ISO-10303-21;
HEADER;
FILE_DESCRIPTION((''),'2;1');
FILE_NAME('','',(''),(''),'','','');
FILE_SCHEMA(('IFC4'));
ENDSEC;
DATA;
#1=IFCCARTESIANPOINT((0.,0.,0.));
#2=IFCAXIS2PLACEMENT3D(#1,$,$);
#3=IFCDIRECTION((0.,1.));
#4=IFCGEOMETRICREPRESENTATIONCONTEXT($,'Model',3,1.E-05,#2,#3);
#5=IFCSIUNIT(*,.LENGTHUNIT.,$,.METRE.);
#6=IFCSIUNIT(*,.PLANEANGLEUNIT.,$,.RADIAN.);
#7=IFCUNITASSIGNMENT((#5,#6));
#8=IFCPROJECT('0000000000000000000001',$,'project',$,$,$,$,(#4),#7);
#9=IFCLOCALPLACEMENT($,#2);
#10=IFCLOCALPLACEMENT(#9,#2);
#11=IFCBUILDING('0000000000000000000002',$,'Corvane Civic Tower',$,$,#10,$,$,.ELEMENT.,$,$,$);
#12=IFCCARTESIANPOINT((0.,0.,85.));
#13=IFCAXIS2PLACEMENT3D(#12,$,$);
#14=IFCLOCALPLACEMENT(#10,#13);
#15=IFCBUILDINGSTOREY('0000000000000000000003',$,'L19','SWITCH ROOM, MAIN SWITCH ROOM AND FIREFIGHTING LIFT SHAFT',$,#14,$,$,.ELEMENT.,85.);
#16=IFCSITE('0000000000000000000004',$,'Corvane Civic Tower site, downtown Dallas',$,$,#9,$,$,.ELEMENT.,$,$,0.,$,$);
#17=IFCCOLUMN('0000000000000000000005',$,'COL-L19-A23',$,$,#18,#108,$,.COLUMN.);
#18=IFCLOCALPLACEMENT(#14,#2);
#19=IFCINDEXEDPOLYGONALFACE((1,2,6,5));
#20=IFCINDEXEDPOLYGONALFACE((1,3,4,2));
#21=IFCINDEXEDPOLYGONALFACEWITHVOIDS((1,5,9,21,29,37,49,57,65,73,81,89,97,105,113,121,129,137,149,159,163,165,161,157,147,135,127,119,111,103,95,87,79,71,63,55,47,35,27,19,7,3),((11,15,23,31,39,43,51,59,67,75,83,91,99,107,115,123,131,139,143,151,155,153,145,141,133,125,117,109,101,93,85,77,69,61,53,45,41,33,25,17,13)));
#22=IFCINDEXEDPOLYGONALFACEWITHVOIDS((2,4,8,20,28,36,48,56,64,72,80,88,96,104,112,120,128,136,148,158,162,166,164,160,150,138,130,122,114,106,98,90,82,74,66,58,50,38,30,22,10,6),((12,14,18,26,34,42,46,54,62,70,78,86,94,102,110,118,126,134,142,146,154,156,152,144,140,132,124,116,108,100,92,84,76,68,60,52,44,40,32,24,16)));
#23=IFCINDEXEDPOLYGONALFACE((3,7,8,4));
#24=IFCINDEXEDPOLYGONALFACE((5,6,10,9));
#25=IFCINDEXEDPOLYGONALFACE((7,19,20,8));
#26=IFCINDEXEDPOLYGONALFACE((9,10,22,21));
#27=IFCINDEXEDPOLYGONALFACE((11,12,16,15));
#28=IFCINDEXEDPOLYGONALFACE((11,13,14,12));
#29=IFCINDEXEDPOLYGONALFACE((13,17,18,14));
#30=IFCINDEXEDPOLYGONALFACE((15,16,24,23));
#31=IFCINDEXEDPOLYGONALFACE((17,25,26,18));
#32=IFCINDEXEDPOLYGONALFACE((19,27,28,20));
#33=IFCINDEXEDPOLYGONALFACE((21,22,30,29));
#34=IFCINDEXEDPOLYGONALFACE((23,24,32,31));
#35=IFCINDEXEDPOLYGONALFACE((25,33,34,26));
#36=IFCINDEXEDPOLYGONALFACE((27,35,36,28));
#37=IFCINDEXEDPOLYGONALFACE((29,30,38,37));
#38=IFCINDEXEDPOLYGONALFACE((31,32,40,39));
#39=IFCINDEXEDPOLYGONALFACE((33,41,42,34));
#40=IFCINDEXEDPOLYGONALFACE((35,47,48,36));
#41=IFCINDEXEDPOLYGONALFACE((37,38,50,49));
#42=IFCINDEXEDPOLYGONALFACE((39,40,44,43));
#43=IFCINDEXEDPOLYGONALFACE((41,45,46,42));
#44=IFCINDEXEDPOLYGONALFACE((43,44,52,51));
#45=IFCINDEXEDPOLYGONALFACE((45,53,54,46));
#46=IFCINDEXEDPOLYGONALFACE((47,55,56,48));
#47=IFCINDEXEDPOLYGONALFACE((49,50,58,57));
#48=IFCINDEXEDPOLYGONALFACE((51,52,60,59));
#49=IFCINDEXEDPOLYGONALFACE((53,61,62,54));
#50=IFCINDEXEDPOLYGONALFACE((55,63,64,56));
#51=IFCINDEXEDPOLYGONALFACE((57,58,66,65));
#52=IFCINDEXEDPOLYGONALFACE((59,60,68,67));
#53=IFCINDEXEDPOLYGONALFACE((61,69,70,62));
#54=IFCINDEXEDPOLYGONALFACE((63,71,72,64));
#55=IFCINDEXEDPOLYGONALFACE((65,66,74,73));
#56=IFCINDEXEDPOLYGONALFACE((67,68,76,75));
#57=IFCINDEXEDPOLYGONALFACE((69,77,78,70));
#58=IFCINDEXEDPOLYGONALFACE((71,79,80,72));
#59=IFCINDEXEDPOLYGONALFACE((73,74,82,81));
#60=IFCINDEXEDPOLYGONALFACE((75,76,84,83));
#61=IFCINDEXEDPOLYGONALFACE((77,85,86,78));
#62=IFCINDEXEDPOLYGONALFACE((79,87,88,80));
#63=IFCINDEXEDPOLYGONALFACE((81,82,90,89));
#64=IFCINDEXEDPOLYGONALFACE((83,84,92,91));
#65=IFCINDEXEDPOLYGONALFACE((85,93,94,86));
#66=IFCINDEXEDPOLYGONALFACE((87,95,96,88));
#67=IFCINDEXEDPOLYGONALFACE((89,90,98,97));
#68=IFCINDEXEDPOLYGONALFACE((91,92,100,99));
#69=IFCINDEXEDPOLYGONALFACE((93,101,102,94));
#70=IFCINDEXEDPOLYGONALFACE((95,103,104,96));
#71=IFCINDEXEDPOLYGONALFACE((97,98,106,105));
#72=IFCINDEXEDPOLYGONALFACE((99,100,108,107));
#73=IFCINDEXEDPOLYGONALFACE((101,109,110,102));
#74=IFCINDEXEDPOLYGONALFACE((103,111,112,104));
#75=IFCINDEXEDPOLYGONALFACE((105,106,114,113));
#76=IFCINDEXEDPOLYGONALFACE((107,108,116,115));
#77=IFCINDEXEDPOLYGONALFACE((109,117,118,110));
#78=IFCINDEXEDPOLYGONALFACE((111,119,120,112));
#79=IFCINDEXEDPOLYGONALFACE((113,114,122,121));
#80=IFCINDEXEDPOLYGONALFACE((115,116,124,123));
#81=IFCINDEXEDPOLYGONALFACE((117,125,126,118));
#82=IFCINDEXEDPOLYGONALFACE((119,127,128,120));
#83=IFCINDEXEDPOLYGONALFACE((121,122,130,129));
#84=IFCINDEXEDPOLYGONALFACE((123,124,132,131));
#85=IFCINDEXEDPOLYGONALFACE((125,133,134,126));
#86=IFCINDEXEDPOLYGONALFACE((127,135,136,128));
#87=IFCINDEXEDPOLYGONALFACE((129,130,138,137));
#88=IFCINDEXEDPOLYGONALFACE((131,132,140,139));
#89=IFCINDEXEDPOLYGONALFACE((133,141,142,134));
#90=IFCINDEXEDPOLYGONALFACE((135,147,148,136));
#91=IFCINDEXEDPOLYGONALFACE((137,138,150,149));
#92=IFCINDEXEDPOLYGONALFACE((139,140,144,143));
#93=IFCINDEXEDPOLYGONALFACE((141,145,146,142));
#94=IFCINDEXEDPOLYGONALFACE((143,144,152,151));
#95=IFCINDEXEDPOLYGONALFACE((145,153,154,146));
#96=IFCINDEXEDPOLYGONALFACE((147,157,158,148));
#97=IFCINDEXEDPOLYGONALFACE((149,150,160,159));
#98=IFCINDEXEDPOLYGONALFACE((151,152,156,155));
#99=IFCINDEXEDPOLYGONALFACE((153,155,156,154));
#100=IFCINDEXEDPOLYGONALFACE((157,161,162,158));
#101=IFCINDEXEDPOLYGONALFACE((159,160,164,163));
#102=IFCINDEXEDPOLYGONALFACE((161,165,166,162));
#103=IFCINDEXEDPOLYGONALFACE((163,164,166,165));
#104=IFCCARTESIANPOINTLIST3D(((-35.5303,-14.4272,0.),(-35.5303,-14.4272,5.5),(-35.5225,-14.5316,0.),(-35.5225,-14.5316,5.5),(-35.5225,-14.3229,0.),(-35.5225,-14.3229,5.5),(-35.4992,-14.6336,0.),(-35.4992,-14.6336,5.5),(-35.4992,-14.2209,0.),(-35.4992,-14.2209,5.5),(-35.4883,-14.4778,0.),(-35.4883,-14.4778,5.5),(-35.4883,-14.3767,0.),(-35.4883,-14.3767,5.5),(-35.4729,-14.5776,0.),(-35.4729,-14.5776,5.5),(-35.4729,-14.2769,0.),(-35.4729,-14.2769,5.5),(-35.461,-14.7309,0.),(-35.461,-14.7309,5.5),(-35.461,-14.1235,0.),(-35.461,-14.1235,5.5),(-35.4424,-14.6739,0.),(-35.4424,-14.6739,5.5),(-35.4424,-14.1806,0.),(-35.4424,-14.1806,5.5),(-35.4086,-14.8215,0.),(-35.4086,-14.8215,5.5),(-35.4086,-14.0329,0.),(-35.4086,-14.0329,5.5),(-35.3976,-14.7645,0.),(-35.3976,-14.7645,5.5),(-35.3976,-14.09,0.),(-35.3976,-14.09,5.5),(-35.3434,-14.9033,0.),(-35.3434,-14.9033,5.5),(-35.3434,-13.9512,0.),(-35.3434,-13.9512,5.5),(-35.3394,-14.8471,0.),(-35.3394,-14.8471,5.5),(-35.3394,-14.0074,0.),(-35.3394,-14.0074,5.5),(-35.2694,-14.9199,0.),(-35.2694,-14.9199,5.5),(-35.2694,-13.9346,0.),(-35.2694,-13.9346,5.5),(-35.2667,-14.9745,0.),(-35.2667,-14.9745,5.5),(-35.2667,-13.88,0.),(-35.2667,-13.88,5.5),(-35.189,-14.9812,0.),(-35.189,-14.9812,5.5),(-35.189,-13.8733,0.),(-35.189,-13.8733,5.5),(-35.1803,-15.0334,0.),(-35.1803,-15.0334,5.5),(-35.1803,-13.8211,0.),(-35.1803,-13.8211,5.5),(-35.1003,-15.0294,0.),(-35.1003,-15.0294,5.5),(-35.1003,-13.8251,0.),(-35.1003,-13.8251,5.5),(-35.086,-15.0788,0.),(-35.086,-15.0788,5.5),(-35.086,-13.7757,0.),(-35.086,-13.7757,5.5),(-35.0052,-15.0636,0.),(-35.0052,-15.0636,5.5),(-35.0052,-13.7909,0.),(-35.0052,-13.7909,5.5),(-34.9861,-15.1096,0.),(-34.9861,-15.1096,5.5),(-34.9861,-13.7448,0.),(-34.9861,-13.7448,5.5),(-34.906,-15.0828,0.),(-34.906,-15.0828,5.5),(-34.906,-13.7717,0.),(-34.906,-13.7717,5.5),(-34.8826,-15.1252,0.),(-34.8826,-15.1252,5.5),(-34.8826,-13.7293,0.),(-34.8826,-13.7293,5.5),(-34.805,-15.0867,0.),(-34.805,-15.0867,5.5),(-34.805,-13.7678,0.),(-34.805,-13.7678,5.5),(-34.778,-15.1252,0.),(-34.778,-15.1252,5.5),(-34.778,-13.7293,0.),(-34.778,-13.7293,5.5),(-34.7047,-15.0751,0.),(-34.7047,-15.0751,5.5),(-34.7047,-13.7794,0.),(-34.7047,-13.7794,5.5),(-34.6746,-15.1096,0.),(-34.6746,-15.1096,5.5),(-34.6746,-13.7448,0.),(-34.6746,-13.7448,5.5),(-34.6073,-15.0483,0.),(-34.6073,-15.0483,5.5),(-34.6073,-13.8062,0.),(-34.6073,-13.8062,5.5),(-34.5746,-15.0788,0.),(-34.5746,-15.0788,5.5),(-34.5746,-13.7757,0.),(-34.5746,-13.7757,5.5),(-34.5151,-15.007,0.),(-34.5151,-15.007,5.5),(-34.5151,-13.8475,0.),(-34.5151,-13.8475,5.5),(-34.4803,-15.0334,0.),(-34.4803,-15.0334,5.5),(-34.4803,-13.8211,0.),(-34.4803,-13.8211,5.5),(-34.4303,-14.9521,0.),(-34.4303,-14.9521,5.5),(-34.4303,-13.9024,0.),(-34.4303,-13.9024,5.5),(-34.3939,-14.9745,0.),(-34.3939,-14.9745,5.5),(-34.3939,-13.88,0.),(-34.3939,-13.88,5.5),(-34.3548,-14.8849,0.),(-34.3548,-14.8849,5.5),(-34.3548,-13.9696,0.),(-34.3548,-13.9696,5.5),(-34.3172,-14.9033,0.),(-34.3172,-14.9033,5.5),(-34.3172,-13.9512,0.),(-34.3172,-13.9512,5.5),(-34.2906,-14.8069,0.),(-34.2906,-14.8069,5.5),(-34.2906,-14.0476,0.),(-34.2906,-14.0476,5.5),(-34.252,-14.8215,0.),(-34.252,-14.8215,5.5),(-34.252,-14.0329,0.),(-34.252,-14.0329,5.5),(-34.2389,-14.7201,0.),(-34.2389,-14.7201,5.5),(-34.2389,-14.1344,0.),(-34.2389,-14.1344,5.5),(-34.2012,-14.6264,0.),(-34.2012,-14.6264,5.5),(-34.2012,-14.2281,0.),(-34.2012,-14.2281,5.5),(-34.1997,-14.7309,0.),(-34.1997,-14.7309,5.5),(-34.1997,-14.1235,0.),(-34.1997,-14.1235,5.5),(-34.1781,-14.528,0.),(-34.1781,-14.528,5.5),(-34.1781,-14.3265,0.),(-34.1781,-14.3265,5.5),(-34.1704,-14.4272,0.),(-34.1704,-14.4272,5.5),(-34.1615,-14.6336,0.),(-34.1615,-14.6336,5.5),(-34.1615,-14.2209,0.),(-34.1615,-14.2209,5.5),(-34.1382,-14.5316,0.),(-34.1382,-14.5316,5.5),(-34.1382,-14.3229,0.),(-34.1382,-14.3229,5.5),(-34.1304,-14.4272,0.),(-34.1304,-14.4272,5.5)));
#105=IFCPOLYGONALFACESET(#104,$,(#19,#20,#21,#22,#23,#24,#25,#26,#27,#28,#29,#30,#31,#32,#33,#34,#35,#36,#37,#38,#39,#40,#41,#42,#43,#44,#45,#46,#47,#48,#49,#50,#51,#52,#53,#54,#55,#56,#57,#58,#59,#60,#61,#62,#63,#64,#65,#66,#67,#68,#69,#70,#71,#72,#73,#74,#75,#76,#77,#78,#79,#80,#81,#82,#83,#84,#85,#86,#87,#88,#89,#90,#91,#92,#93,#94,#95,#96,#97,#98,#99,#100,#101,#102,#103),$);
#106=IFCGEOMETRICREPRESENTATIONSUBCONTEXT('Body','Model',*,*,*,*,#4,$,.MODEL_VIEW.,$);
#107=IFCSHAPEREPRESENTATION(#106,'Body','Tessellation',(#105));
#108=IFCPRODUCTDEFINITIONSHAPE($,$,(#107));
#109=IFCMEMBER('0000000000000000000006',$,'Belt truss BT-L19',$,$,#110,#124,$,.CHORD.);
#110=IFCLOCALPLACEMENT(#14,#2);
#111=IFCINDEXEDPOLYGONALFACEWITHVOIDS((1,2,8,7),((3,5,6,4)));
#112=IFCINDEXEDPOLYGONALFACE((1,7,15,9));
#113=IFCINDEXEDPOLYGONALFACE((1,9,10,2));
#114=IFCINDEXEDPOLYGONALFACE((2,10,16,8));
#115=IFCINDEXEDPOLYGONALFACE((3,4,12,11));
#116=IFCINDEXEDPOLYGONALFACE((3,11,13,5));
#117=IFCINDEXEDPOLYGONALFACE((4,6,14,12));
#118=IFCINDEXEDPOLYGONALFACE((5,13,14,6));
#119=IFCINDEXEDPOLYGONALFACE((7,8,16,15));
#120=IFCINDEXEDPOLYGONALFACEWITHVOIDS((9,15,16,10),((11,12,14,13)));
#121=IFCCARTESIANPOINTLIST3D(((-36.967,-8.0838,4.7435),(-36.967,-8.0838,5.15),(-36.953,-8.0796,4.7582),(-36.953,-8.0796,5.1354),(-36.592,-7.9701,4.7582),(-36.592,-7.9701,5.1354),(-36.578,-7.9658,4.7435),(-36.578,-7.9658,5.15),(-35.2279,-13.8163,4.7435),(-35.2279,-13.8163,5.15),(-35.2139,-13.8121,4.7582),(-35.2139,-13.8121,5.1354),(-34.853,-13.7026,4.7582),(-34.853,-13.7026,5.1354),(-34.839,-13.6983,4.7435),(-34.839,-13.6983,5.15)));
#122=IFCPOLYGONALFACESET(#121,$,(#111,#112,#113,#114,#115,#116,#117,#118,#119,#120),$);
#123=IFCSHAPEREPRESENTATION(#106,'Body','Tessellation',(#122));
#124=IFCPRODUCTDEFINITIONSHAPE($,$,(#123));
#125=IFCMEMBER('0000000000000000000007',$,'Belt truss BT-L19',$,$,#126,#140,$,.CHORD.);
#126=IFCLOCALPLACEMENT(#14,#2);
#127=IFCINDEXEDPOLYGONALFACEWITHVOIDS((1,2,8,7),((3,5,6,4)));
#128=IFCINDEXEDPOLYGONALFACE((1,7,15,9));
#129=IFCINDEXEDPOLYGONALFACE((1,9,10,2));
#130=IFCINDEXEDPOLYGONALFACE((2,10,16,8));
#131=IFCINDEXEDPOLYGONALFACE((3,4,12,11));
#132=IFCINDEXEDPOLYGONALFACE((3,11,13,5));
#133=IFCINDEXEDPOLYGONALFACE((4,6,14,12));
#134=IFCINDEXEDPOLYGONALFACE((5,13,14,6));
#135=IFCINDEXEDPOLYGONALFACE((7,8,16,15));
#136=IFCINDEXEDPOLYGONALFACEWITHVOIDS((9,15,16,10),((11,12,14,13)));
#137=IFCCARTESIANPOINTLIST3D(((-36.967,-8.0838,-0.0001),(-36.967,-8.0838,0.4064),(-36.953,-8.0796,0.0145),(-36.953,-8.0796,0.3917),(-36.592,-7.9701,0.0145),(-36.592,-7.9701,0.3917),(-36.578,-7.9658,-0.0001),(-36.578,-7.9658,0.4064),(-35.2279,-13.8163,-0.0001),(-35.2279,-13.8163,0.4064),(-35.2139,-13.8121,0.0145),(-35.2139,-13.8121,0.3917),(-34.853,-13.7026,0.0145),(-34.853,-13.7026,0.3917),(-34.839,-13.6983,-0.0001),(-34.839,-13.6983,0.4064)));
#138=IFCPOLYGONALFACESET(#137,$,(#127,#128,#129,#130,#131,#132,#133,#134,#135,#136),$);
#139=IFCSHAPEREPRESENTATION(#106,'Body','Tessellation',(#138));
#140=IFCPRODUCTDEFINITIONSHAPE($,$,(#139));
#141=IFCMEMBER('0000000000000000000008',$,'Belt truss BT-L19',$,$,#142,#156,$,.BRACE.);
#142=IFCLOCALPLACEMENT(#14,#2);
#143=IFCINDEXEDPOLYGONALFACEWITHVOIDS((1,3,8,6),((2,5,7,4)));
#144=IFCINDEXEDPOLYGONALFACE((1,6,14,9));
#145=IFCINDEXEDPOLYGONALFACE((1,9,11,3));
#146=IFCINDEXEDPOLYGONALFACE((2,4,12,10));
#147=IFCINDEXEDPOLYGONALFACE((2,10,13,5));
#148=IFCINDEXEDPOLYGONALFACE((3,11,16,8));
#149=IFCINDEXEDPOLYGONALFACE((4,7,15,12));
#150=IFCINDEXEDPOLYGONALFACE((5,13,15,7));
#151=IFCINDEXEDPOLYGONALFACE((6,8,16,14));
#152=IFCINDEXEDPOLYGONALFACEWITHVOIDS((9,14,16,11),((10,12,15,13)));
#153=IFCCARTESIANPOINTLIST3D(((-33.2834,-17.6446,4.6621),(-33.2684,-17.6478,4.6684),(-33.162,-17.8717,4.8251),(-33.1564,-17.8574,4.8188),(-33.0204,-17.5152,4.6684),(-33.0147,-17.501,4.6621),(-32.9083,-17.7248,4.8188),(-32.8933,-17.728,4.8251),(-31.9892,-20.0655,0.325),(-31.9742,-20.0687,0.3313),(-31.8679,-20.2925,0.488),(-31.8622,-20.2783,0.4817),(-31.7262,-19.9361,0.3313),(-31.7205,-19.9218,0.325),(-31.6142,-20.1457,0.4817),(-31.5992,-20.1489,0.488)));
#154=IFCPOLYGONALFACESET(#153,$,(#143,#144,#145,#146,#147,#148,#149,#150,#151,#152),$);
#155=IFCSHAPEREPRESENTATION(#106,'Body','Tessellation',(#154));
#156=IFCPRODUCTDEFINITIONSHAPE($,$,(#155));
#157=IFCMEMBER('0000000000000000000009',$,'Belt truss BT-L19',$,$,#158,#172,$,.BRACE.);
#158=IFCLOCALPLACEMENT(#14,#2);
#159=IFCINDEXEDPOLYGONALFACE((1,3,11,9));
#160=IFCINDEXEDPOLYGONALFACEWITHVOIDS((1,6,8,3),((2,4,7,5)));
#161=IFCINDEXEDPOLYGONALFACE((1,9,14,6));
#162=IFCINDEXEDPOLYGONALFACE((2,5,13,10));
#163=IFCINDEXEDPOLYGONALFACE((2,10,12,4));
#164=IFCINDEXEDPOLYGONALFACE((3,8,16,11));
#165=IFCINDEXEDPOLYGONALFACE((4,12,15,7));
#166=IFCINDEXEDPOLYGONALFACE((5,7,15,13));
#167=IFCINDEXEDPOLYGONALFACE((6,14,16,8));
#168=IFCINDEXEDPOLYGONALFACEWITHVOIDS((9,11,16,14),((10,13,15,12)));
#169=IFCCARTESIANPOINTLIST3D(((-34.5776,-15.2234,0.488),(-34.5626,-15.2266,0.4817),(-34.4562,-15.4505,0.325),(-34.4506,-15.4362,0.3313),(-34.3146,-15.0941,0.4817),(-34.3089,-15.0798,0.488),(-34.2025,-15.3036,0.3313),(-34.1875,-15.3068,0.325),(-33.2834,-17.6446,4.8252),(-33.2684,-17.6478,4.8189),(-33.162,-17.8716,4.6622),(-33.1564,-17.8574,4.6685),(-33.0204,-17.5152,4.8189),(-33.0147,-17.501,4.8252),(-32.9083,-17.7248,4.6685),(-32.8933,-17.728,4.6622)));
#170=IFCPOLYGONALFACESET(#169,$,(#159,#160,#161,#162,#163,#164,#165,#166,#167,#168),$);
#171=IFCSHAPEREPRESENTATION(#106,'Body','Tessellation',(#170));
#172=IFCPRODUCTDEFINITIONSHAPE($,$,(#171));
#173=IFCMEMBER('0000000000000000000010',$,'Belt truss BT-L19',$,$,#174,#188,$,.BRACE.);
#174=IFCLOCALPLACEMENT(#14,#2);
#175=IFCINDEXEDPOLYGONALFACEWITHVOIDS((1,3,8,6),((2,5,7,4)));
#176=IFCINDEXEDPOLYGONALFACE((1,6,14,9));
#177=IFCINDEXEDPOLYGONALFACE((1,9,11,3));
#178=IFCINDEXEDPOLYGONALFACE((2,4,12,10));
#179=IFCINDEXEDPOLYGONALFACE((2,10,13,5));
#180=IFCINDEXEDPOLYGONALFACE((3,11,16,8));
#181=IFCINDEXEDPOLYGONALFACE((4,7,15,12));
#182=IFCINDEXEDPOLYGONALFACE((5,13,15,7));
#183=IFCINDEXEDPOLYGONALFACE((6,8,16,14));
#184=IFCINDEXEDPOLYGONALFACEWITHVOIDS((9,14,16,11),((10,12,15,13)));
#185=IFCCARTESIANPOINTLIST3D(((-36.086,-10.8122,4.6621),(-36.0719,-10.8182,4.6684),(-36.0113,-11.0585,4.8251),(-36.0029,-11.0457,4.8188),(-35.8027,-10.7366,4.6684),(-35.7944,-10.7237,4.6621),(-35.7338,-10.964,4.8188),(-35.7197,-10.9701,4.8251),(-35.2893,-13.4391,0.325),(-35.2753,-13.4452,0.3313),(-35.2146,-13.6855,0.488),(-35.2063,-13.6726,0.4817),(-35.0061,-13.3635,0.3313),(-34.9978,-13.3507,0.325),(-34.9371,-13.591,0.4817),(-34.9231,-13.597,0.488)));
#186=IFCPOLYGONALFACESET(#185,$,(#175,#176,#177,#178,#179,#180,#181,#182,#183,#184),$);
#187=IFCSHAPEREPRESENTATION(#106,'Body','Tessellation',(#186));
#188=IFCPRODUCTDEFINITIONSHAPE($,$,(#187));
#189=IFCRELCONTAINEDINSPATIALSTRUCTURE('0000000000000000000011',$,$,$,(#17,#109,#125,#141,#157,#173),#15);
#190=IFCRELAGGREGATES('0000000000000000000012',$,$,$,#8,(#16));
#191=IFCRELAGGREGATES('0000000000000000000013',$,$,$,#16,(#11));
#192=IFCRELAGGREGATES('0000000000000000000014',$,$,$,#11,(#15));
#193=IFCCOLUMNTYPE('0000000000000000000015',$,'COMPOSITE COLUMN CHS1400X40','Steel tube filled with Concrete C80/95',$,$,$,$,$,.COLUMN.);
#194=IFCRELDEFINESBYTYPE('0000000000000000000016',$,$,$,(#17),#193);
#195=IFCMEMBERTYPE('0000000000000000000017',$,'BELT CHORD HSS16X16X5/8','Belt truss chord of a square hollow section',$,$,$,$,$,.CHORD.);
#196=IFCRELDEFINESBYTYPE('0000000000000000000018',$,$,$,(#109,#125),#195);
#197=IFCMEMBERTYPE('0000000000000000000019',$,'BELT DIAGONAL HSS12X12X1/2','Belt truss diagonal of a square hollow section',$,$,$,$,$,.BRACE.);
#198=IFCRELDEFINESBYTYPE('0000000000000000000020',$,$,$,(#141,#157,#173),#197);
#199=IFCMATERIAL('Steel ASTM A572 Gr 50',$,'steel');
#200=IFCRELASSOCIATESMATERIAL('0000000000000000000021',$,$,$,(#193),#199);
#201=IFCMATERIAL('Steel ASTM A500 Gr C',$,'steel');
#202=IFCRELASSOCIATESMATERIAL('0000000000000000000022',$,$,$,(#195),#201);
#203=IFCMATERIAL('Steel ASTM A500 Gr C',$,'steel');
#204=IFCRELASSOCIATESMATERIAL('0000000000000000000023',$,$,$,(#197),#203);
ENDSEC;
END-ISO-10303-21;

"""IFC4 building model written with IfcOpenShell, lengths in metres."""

from ifc_helpers import new_model, si_unit, direction, frame, origin, origin_2d, place, context, subcontext, project, spatial, hollow_rectangle, hollow_circle, extrude, material, material_profile, profile_set, type_object, element, save


model = new_model("IFC4")

# Units and contexts
model_context = context("Model", 3, precision=1e-05, world=origin(), true_north=direction((0.0, 1.0)))
body_context = subcontext(model_context, "Body", "Model", "MODEL_VIEW")
ifc_project = project(units=[si_unit("LENGTHUNIT", "METRE"), si_unit("PLANEANGLEUNIT", "RADIAN")], contexts=[model_context])

# Site, building, storey
site_placement = place(None, origin())
site = spatial("IfcSite", under=ifc_project, at=site_placement, Name="Corvane Civic Tower site, downtown Dallas", CompositionType="ELEMENT", RefElevation=0.0)
building_placement = place(site_placement, origin())
building = spatial("IfcBuilding", under=site, at=building_placement, Name="Corvane Civic Tower", CompositionType="ELEMENT")
storey_placement = place(building_placement, frame((0.0, 0.0, 85.0)))
storey = spatial("IfcBuildingStorey", under=building, at=storey_placement, Name="L19", Description="SWITCH ROOM, MAIN SWITCH ROOM AND FIREFIGHTING LIFT SHAFT", CompositionType="ELEMENT", Elevation=85.0)

# Column
ifc_material_1 = material(Name="Steel ASTM A572 Gr 50", Category="steel")
ifc_material_profile_1 = material_profile(ifc_material_1, hollow_circle(Radius=0.7, WallThickness=0.04, at=origin_2d()), Name="CHS1400X40")
ifc_profile_set_1 = profile_set([ifc_material_profile_1], Name="Steel ASTM A572 Gr 50")
column_type = type_object("IfcColumnType", Name="COMPOSITE COLUMN CHS1400X40", Description="Steel tube filled with Concrete C80/95", PredefinedType="COLUMN", material=ifc_profile_set_1)
column_placement = place(storey_placement, frame((-34.8303, -14.4272, 0.0), z_axis=(0.0, 0.0, 1.0), x_axis=(1.0, 0.0, 0.0)))
element("IfcColumn", 1, at=column_placement, inside=storey, type_object=column_type, Name="COL-L19-A23", PredefinedType="COLUMN", context=body_context, shape_type="SweptSolid", body=[
    extrude(hollow_circle(Radius=0.7, WallThickness=0.04, at=origin_2d()), origin(), (0.0, 0.0, 1.0), 5.5),
])

# Members
ifc_material_2 = material(Name="Steel ASTM A500 Gr C", Category="steel")
ifc_material_profile_2 = material_profile(ifc_material_2, hollow_rectangle(XDim=0.4065, YDim=0.4065, WallThickness=0.0146, at=origin_2d()), Name="HSS16X16X5/8")
ifc_profile_set_2 = profile_set([ifc_material_profile_2], Name="Steel ASTM A500 Gr C")
member_type_1 = type_object("IfcMemberType", Name="BELT CHORD HSS16X16X5/8", Description="Belt truss chord of a square hollow section", PredefinedType="CHORD", material=ifc_profile_set_2)
for number, where, z_axis, x_axis, name in (
    (2, (-35.0334, -13.7573, 4.9468), (-0.2903, 0.956936, 0.0), (-0.956936, -0.2903, 0.0), "Belt truss BT-L19"),
    (3, (-35.0334, -13.7573, 0.2031), (-0.2903, 0.956936, 0.0), (-0.956936, -0.2903, 0.0), "Belt truss BT-L19"),
):
    element("IfcMember", number, at=place(storey_placement, frame(where, z_axis=z_axis, x_axis=x_axis)), inside=storey, type_object=member_type_1, Name=name, PredefinedType="CHORD", context=body_context, shape_type="SweptSolid", body=[
        extrude(hollow_rectangle(XDim=0.4065, YDim=0.4065, WallThickness=0.0146, at=origin_2d()), origin(), (0.0, 0.0, 1.0), 5.9905),
    ])
ifc_material_3 = material(Name="Steel ASTM A500 Gr C", Category="steel")
ifc_material_profile_3 = material_profile(ifc_material_3, hollow_rectangle(XDim=0.3047, YDim=0.3047, WallThickness=0.0117, at=origin_2d()), Name="HSS12X12X1/2")
ifc_profile_set_3 = profile_set([ifc_material_profile_3], Name="Steel ASTM A500 Gr C")
member_type_2 = type_object("IfcMemberType", Name="BELT DIAGONAL HSS12X12X1/2", Description="Belt truss diagonal of a square hollow section", PredefinedType="BRACE", material=ifc_profile_set_3)
member_1_placement = place(storey_placement, frame((-31.7942, -20.1072, 0.4065), z_axis=(-0.252136, 0.471644, 0.844973), x_axis=(-0.881892, -0.471451, 0.0)))
element("IfcMember", 4, at=member_1_placement, inside=storey, type_object=member_type_2, Name="Belt truss BT-L19", PredefinedType="BRACE", context=body_context, shape_type="SweptSolid", body=[
    extrude(hollow_rectangle(XDim=0.3047, YDim=0.3047, WallThickness=0.0117, at=origin_2d()), origin(), (0.0, 0.0, 1.0), 5.1328),
])
member_2_placement = place(storey_placement, frame((-34.3826, -15.2651, 0.4065), z_axis=(0.252131, -0.471681, 0.844954), x_axis=(0.881912, 0.471414, 0.0)))
element("IfcMember", 5, at=member_2_placement, inside=storey, type_object=member_type_2, Name="Belt truss BT-L19", PredefinedType="BRACE", context=body_context, shape_type="SweptSolid", body=[
    extrude(hollow_rectangle(XDim=0.3047, YDim=0.3047, WallThickness=0.0117, at=origin_2d()), origin(), (0.0, 0.0, 1.0), 5.1331),
])
member_3_placement = place(storey_placement, frame((-35.1062, -13.5181, 0.4065), z_axis=(-0.155202, 0.511789, 0.844976), x_axis=(-0.956965, -0.290202, 0.0)))
element("IfcMember", 6, at=member_3_placement, inside=storey, type_object=member_type_2, Name="Belt truss BT-L19", PredefinedType="BRACE", context=body_context, shape_type="SweptSolid", body=[
    extrude(hollow_rectangle(XDim=0.3047, YDim=0.3047, WallThickness=0.0117, at=origin_2d()), origin(), (0.0, 0.0, 1.0), 5.1328),
])

save(model, "model.ifc")
